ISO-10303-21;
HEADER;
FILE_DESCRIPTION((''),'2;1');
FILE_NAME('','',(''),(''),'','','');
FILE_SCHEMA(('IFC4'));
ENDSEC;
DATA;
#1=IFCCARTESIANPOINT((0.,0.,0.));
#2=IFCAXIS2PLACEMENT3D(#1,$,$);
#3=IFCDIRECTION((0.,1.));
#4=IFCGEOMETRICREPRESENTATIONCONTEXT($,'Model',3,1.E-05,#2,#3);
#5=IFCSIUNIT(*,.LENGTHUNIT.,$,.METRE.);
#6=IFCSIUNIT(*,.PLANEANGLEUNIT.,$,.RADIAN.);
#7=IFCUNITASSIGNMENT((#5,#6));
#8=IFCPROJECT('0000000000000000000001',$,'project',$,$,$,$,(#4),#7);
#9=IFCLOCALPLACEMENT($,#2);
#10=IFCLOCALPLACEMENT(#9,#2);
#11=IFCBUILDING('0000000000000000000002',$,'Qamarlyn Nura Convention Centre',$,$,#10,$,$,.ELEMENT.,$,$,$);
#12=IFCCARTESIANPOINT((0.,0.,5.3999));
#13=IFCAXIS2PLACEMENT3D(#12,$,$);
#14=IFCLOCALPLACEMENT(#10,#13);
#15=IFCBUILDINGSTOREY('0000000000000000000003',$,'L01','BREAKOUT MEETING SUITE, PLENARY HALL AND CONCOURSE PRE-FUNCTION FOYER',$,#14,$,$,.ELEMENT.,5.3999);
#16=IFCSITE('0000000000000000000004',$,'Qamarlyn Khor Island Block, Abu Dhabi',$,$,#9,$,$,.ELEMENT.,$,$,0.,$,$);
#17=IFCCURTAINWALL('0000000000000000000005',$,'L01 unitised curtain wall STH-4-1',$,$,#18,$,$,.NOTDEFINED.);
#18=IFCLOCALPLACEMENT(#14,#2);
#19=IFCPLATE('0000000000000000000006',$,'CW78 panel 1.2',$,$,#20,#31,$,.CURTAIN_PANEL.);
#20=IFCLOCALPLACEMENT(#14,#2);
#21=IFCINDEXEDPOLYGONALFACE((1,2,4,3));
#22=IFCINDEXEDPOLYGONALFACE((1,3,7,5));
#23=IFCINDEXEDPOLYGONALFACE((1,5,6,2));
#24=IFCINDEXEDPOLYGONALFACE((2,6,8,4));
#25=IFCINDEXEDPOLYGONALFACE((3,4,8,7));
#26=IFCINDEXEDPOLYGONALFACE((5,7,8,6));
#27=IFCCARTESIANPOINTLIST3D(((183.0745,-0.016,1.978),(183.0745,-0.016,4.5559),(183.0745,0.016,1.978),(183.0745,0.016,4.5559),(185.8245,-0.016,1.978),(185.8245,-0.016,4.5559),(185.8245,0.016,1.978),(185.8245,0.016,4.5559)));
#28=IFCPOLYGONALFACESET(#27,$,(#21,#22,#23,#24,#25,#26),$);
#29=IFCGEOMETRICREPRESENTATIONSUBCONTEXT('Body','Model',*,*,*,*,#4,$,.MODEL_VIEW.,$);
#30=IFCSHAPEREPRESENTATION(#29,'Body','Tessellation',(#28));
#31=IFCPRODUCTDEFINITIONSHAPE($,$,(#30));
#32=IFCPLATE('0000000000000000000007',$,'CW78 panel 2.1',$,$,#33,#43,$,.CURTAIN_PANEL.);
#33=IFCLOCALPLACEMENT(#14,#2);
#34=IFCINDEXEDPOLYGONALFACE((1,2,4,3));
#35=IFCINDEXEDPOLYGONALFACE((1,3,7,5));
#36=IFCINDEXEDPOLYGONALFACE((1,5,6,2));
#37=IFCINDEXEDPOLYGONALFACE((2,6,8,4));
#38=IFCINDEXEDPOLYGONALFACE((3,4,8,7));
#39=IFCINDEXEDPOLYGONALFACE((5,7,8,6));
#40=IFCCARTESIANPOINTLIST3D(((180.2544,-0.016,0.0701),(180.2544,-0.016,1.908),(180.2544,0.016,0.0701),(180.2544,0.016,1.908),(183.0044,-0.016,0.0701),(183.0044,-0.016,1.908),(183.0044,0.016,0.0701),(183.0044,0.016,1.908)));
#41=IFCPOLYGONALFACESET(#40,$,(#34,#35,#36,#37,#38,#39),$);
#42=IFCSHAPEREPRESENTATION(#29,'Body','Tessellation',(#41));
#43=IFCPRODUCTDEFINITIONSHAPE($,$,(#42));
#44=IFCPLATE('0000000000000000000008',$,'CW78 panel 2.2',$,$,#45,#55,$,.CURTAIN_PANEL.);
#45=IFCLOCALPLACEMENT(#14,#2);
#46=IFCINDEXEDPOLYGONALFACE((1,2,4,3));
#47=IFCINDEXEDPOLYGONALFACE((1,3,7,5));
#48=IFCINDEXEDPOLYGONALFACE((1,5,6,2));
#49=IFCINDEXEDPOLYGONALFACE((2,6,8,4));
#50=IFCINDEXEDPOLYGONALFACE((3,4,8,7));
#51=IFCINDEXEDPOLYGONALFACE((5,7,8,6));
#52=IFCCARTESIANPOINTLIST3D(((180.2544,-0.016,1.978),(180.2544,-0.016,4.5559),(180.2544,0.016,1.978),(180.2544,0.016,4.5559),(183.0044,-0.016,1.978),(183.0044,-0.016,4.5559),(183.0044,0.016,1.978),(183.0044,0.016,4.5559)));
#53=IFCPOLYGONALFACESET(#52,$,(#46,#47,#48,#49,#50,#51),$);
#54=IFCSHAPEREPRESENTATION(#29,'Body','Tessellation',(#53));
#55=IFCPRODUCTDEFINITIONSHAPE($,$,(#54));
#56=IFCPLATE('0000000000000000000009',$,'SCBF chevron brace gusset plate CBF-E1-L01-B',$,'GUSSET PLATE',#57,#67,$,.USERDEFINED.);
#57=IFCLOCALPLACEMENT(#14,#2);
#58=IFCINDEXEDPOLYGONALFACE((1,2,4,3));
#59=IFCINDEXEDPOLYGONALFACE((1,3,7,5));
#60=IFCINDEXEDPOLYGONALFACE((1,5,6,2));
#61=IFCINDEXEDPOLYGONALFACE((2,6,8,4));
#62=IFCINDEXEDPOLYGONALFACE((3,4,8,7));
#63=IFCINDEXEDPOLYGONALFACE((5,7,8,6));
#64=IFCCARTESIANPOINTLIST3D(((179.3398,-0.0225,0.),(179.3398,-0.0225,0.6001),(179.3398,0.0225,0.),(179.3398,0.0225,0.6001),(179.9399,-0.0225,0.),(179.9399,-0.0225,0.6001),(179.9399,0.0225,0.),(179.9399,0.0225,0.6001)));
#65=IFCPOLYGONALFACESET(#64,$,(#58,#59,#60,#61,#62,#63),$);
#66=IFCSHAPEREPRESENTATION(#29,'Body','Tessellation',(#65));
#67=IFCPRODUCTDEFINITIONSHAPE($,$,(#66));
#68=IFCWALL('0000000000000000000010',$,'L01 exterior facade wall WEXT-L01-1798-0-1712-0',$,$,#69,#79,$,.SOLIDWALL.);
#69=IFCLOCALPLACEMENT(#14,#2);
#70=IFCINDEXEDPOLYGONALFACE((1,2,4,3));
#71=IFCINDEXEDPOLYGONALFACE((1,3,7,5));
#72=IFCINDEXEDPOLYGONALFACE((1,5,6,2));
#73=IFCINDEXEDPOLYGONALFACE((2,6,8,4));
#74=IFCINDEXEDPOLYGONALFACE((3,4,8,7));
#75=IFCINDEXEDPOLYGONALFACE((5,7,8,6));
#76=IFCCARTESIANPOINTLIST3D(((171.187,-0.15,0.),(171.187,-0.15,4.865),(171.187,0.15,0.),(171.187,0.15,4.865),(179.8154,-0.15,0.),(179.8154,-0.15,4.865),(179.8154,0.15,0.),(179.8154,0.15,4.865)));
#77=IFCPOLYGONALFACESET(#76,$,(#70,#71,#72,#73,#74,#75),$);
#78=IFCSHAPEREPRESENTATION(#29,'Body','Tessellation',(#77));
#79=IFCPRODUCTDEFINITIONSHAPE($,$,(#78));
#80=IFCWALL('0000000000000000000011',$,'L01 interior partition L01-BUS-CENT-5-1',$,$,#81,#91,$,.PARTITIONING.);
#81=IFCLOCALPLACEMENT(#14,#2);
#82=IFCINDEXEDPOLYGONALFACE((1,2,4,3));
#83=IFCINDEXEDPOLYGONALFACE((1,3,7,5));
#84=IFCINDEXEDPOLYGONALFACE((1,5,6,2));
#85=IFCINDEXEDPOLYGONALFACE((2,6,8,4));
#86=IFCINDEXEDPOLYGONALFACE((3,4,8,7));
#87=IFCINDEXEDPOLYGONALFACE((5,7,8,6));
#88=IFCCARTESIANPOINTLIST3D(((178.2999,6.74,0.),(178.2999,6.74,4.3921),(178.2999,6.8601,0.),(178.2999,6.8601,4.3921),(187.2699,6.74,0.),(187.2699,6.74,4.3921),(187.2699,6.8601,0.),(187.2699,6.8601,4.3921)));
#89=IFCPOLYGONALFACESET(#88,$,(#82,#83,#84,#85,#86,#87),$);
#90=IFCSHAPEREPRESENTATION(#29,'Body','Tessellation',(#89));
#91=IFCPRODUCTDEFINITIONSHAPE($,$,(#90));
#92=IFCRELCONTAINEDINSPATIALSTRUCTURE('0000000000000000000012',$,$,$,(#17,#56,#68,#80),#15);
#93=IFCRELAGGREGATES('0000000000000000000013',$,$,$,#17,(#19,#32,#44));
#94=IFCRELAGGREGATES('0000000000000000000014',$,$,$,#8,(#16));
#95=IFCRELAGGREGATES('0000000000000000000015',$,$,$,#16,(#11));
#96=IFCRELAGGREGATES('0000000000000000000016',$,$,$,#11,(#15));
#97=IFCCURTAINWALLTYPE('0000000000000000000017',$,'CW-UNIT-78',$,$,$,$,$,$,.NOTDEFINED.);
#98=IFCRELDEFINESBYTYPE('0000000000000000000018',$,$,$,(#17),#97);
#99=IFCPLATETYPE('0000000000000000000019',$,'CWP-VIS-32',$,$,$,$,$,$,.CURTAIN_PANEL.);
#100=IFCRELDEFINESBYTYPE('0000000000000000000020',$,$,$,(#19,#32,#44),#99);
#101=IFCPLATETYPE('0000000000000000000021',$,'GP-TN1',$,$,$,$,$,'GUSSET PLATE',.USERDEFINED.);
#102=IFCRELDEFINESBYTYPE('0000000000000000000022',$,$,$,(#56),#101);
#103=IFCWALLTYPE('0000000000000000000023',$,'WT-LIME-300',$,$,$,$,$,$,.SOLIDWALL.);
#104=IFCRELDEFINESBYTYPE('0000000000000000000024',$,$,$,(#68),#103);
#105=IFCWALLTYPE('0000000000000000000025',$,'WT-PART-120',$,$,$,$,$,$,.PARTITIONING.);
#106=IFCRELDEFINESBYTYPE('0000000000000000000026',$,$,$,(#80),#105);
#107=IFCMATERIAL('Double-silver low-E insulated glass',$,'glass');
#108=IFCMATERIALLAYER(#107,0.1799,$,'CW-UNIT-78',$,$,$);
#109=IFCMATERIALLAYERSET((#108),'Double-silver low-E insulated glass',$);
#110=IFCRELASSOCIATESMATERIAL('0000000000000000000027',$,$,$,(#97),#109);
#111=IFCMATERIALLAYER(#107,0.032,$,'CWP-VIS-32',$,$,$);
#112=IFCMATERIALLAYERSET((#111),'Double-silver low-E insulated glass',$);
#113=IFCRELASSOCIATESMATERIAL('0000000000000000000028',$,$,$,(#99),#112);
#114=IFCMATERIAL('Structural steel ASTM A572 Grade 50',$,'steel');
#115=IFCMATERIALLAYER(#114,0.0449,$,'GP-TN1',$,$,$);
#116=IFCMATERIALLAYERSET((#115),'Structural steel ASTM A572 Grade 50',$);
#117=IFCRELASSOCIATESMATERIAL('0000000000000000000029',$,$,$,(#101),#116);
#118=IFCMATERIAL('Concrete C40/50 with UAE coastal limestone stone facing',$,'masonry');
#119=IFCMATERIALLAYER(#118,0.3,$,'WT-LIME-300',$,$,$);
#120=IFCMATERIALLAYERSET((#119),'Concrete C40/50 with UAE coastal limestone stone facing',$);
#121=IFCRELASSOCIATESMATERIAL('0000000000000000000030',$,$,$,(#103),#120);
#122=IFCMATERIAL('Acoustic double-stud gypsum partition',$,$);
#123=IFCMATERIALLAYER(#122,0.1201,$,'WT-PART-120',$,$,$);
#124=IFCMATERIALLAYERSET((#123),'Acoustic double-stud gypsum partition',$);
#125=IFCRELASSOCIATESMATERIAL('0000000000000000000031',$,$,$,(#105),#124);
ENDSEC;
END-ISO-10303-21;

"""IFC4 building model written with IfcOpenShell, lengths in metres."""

from ifc_helpers import new_model, si_unit, direction, frame, frame_2d, origin, origin_2d, place, context, subcontext, project, spatial, rectangle, extrude, material, layer, layer_set, type_object, element, aggregate, save


model = new_model("IFC4")

# Units and contexts
model_context = context("Model", 3, precision=1e-05, world=origin(), true_north=direction((0.0, 1.0)))
body_context = subcontext(model_context, "Body", "Model", "MODEL_VIEW")
ifc_project = project(units=[si_unit("LENGTHUNIT", "METRE"), si_unit("PLANEANGLEUNIT", "RADIAN")], contexts=[model_context])

# Site, building, storey
site_placement = place(None, origin())
site = spatial("IfcSite", under=ifc_project, at=site_placement, Name="Qamarlyn Khor Island Block, Abu Dhabi", CompositionType="ELEMENT", RefElevation=0.0)
building_placement = place(site_placement, origin())
building = spatial("IfcBuilding", under=site, at=building_placement, Name="Qamarlyn Nura Convention Centre", CompositionType="ELEMENT")
storey_placement = place(building_placement, frame((0.0, 0.0, 5.3999)))
storey = spatial("IfcBuildingStorey", under=building, at=storey_placement, Name="L01", Description="BREAKOUT MEETING SUITE, PLENARY HALL AND CONCOURSE PRE-FUNCTION FOYER", CompositionType="ELEMENT", Elevation=5.3999)

# Curtain wall, plates
ifc_material_1 = material(Name="Double-silver low-E insulated glass", Category="glass")
ifc_layer_1 = layer(ifc_material_1, 0.1799, Name="CW-UNIT-78")
ifc_layer_set_1 = layer_set([ifc_layer_1], Name="Double-silver low-E insulated glass")
curtain_wall_type = type_object("IfcCurtainWallType", Name="CW-UNIT-78", PredefinedType="NOTDEFINED", material=ifc_layer_set_1)
curtain_wall_placement = place(storey_placement, origin())
curtain_wall = element("IfcCurtainWall", 1, at=curtain_wall_placement, inside=storey, type_object=curtain_wall_type, Name="L01 unitised curtain wall STH-4-1", PredefinedType="NOTDEFINED")
ifc_layer_2 = layer(ifc_material_1, 0.032, Name="CWP-VIS-32")
ifc_layer_set_2 = layer_set([ifc_layer_2], Name="Double-silver low-E insulated glass")
plate_type_1 = type_object("IfcPlateType", Name="CWP-VIS-32", PredefinedType="CURTAIN_PANEL", material=ifc_layer_set_2)
plate_1_placement = place(storey_placement, frame((184.4495, 0.0, 1.978), z_axis=(0.0, 0.0, 1.0), x_axis=(-1.0, 0.0, 0.0)))
plate_1 = element("IfcPlate", 2, at=plate_1_placement, type_object=plate_type_1, Name="CW78 panel 1.2", PredefinedType="CURTAIN_PANEL", context=body_context, shape_type="SweptSolid", body=[
    extrude(rectangle(XDim=2.75, YDim=0.032, at=origin_2d()), origin(), (0.0, 0.0, 1.0), 2.5779),
])
plate_2_placement = place(storey_placement, frame((181.6294, 0.0, 0.0701), z_axis=(0.0, 0.0, 1.0), x_axis=(-1.0, 0.0, 0.0)))
plate_2 = element("IfcPlate", 3, at=plate_2_placement, type_object=plate_type_1, Name="CW78 panel 2.1", PredefinedType="CURTAIN_PANEL", context=body_context, shape_type="SweptSolid", body=[
    extrude(rectangle(XDim=2.75, YDim=0.032, at=origin_2d()), origin(), (0.0, 0.0, 1.0), 1.8379),
])
plate_3_placement = place(storey_placement, frame((181.6294, 0.0, 1.978), z_axis=(0.0, 0.0, 1.0), x_axis=(-1.0, 0.0, 0.0)))
plate_3 = element("IfcPlate", 4, at=plate_3_placement, type_object=plate_type_1, Name="CW78 panel 2.2", PredefinedType="CURTAIN_PANEL", context=body_context, shape_type="SweptSolid", body=[
    extrude(rectangle(XDim=2.75, YDim=0.032, at=origin_2d()), origin(), (0.0, 0.0, 1.0), 2.5779),
])
aggregate(curtain_wall, [plate_1, plate_2, plate_3])

# Plate
ifc_material_2 = material(Name="Structural steel ASTM A572 Grade 50", Category="steel")
ifc_layer_3 = layer(ifc_material_2, 0.0449, Name="GP-TN1")
ifc_layer_set_3 = layer_set([ifc_layer_3], Name="Structural steel ASTM A572 Grade 50")
plate_type_2 = type_object("IfcPlateType", Name="GP-TN1", ElementType="GUSSET PLATE", PredefinedType="USERDEFINED", material=ifc_layer_set_3)
plate_4_placement = place(storey_placement, frame((179.6399, 0.0, 0.0), z_axis=(0.0, 0.0, 1.0), x_axis=(1.0, 0.0, 0.0)))
element("IfcPlate", 5, at=plate_4_placement, inside=storey, type_object=plate_type_2, Name="SCBF chevron brace gusset plate CBF-E1-L01-B", ObjectType="GUSSET PLATE", PredefinedType="USERDEFINED", context=body_context, shape_type="SweptSolid", body=[
    extrude(rectangle(XDim=0.6001, YDim=0.0449, at=origin_2d()), origin(), (0.0, 0.0, 1.0), 0.6001),
])

# Walls
ifc_material_3 = material(Name="Concrete C40/50 with UAE coastal limestone stone facing", Category="masonry")
ifc_layer_4 = layer(ifc_material_3, 0.3, Name="WT-LIME-300")
ifc_layer_set_4 = layer_set([ifc_layer_4], Name="Concrete C40/50 with UAE coastal limestone stone facing")
wall_type_1 = type_object("IfcWallType", Name="WT-LIME-300", PredefinedType="SOLIDWALL", material=ifc_layer_set_4)
wall_1_placement = place(storey_placement, frame((179.8154, 0.0, 0.0), z_axis=(0.0, 0.0, 1.0), x_axis=(-1.0, 0.0, 0.0)))
element("IfcWall", 6, at=wall_1_placement, inside=storey, type_object=wall_type_1, Name="L01 exterior facade wall WEXT-L01-1798-0-1712-0", PredefinedType="SOLIDWALL", context=body_context, shape_type="SweptSolid", body=[
    extrude(rectangle(XDim=8.6284, YDim=0.3, at=frame_2d((4.3142, 0.0))), origin(), (0.0, 0.0, 1.0), 4.865),
])
ifc_material_4 = material(Name="Acoustic double-stud gypsum partition")
ifc_layer_5 = layer(ifc_material_4, 0.1201, Name="WT-PART-120")
ifc_layer_set_5 = layer_set([ifc_layer_5], Name="Acoustic double-stud gypsum partition")
wall_type_2 = type_object("IfcWallType", Name="WT-PART-120", PredefinedType="PARTITIONING", material=ifc_layer_set_5)
wall_2_placement = place(storey_placement, frame((178.3, 6.8, 0.0), z_axis=(0.0, 0.0, 1.0), x_axis=(1.0, 0.0, 0.0)))
element("IfcWall", 7, at=wall_2_placement, inside=storey, type_object=wall_type_2, Name="L01 interior partition L01-BUS-CENT-5-1", PredefinedType="PARTITIONING", context=body_context, shape_type="SweptSolid", body=[
    extrude(rectangle(XDim=8.97, YDim=0.1201, at=frame_2d((4.4849, 0.0))), origin(), (0.0, 0.0, 1.0), 4.3921),
])

save(model, "model.ifc")
